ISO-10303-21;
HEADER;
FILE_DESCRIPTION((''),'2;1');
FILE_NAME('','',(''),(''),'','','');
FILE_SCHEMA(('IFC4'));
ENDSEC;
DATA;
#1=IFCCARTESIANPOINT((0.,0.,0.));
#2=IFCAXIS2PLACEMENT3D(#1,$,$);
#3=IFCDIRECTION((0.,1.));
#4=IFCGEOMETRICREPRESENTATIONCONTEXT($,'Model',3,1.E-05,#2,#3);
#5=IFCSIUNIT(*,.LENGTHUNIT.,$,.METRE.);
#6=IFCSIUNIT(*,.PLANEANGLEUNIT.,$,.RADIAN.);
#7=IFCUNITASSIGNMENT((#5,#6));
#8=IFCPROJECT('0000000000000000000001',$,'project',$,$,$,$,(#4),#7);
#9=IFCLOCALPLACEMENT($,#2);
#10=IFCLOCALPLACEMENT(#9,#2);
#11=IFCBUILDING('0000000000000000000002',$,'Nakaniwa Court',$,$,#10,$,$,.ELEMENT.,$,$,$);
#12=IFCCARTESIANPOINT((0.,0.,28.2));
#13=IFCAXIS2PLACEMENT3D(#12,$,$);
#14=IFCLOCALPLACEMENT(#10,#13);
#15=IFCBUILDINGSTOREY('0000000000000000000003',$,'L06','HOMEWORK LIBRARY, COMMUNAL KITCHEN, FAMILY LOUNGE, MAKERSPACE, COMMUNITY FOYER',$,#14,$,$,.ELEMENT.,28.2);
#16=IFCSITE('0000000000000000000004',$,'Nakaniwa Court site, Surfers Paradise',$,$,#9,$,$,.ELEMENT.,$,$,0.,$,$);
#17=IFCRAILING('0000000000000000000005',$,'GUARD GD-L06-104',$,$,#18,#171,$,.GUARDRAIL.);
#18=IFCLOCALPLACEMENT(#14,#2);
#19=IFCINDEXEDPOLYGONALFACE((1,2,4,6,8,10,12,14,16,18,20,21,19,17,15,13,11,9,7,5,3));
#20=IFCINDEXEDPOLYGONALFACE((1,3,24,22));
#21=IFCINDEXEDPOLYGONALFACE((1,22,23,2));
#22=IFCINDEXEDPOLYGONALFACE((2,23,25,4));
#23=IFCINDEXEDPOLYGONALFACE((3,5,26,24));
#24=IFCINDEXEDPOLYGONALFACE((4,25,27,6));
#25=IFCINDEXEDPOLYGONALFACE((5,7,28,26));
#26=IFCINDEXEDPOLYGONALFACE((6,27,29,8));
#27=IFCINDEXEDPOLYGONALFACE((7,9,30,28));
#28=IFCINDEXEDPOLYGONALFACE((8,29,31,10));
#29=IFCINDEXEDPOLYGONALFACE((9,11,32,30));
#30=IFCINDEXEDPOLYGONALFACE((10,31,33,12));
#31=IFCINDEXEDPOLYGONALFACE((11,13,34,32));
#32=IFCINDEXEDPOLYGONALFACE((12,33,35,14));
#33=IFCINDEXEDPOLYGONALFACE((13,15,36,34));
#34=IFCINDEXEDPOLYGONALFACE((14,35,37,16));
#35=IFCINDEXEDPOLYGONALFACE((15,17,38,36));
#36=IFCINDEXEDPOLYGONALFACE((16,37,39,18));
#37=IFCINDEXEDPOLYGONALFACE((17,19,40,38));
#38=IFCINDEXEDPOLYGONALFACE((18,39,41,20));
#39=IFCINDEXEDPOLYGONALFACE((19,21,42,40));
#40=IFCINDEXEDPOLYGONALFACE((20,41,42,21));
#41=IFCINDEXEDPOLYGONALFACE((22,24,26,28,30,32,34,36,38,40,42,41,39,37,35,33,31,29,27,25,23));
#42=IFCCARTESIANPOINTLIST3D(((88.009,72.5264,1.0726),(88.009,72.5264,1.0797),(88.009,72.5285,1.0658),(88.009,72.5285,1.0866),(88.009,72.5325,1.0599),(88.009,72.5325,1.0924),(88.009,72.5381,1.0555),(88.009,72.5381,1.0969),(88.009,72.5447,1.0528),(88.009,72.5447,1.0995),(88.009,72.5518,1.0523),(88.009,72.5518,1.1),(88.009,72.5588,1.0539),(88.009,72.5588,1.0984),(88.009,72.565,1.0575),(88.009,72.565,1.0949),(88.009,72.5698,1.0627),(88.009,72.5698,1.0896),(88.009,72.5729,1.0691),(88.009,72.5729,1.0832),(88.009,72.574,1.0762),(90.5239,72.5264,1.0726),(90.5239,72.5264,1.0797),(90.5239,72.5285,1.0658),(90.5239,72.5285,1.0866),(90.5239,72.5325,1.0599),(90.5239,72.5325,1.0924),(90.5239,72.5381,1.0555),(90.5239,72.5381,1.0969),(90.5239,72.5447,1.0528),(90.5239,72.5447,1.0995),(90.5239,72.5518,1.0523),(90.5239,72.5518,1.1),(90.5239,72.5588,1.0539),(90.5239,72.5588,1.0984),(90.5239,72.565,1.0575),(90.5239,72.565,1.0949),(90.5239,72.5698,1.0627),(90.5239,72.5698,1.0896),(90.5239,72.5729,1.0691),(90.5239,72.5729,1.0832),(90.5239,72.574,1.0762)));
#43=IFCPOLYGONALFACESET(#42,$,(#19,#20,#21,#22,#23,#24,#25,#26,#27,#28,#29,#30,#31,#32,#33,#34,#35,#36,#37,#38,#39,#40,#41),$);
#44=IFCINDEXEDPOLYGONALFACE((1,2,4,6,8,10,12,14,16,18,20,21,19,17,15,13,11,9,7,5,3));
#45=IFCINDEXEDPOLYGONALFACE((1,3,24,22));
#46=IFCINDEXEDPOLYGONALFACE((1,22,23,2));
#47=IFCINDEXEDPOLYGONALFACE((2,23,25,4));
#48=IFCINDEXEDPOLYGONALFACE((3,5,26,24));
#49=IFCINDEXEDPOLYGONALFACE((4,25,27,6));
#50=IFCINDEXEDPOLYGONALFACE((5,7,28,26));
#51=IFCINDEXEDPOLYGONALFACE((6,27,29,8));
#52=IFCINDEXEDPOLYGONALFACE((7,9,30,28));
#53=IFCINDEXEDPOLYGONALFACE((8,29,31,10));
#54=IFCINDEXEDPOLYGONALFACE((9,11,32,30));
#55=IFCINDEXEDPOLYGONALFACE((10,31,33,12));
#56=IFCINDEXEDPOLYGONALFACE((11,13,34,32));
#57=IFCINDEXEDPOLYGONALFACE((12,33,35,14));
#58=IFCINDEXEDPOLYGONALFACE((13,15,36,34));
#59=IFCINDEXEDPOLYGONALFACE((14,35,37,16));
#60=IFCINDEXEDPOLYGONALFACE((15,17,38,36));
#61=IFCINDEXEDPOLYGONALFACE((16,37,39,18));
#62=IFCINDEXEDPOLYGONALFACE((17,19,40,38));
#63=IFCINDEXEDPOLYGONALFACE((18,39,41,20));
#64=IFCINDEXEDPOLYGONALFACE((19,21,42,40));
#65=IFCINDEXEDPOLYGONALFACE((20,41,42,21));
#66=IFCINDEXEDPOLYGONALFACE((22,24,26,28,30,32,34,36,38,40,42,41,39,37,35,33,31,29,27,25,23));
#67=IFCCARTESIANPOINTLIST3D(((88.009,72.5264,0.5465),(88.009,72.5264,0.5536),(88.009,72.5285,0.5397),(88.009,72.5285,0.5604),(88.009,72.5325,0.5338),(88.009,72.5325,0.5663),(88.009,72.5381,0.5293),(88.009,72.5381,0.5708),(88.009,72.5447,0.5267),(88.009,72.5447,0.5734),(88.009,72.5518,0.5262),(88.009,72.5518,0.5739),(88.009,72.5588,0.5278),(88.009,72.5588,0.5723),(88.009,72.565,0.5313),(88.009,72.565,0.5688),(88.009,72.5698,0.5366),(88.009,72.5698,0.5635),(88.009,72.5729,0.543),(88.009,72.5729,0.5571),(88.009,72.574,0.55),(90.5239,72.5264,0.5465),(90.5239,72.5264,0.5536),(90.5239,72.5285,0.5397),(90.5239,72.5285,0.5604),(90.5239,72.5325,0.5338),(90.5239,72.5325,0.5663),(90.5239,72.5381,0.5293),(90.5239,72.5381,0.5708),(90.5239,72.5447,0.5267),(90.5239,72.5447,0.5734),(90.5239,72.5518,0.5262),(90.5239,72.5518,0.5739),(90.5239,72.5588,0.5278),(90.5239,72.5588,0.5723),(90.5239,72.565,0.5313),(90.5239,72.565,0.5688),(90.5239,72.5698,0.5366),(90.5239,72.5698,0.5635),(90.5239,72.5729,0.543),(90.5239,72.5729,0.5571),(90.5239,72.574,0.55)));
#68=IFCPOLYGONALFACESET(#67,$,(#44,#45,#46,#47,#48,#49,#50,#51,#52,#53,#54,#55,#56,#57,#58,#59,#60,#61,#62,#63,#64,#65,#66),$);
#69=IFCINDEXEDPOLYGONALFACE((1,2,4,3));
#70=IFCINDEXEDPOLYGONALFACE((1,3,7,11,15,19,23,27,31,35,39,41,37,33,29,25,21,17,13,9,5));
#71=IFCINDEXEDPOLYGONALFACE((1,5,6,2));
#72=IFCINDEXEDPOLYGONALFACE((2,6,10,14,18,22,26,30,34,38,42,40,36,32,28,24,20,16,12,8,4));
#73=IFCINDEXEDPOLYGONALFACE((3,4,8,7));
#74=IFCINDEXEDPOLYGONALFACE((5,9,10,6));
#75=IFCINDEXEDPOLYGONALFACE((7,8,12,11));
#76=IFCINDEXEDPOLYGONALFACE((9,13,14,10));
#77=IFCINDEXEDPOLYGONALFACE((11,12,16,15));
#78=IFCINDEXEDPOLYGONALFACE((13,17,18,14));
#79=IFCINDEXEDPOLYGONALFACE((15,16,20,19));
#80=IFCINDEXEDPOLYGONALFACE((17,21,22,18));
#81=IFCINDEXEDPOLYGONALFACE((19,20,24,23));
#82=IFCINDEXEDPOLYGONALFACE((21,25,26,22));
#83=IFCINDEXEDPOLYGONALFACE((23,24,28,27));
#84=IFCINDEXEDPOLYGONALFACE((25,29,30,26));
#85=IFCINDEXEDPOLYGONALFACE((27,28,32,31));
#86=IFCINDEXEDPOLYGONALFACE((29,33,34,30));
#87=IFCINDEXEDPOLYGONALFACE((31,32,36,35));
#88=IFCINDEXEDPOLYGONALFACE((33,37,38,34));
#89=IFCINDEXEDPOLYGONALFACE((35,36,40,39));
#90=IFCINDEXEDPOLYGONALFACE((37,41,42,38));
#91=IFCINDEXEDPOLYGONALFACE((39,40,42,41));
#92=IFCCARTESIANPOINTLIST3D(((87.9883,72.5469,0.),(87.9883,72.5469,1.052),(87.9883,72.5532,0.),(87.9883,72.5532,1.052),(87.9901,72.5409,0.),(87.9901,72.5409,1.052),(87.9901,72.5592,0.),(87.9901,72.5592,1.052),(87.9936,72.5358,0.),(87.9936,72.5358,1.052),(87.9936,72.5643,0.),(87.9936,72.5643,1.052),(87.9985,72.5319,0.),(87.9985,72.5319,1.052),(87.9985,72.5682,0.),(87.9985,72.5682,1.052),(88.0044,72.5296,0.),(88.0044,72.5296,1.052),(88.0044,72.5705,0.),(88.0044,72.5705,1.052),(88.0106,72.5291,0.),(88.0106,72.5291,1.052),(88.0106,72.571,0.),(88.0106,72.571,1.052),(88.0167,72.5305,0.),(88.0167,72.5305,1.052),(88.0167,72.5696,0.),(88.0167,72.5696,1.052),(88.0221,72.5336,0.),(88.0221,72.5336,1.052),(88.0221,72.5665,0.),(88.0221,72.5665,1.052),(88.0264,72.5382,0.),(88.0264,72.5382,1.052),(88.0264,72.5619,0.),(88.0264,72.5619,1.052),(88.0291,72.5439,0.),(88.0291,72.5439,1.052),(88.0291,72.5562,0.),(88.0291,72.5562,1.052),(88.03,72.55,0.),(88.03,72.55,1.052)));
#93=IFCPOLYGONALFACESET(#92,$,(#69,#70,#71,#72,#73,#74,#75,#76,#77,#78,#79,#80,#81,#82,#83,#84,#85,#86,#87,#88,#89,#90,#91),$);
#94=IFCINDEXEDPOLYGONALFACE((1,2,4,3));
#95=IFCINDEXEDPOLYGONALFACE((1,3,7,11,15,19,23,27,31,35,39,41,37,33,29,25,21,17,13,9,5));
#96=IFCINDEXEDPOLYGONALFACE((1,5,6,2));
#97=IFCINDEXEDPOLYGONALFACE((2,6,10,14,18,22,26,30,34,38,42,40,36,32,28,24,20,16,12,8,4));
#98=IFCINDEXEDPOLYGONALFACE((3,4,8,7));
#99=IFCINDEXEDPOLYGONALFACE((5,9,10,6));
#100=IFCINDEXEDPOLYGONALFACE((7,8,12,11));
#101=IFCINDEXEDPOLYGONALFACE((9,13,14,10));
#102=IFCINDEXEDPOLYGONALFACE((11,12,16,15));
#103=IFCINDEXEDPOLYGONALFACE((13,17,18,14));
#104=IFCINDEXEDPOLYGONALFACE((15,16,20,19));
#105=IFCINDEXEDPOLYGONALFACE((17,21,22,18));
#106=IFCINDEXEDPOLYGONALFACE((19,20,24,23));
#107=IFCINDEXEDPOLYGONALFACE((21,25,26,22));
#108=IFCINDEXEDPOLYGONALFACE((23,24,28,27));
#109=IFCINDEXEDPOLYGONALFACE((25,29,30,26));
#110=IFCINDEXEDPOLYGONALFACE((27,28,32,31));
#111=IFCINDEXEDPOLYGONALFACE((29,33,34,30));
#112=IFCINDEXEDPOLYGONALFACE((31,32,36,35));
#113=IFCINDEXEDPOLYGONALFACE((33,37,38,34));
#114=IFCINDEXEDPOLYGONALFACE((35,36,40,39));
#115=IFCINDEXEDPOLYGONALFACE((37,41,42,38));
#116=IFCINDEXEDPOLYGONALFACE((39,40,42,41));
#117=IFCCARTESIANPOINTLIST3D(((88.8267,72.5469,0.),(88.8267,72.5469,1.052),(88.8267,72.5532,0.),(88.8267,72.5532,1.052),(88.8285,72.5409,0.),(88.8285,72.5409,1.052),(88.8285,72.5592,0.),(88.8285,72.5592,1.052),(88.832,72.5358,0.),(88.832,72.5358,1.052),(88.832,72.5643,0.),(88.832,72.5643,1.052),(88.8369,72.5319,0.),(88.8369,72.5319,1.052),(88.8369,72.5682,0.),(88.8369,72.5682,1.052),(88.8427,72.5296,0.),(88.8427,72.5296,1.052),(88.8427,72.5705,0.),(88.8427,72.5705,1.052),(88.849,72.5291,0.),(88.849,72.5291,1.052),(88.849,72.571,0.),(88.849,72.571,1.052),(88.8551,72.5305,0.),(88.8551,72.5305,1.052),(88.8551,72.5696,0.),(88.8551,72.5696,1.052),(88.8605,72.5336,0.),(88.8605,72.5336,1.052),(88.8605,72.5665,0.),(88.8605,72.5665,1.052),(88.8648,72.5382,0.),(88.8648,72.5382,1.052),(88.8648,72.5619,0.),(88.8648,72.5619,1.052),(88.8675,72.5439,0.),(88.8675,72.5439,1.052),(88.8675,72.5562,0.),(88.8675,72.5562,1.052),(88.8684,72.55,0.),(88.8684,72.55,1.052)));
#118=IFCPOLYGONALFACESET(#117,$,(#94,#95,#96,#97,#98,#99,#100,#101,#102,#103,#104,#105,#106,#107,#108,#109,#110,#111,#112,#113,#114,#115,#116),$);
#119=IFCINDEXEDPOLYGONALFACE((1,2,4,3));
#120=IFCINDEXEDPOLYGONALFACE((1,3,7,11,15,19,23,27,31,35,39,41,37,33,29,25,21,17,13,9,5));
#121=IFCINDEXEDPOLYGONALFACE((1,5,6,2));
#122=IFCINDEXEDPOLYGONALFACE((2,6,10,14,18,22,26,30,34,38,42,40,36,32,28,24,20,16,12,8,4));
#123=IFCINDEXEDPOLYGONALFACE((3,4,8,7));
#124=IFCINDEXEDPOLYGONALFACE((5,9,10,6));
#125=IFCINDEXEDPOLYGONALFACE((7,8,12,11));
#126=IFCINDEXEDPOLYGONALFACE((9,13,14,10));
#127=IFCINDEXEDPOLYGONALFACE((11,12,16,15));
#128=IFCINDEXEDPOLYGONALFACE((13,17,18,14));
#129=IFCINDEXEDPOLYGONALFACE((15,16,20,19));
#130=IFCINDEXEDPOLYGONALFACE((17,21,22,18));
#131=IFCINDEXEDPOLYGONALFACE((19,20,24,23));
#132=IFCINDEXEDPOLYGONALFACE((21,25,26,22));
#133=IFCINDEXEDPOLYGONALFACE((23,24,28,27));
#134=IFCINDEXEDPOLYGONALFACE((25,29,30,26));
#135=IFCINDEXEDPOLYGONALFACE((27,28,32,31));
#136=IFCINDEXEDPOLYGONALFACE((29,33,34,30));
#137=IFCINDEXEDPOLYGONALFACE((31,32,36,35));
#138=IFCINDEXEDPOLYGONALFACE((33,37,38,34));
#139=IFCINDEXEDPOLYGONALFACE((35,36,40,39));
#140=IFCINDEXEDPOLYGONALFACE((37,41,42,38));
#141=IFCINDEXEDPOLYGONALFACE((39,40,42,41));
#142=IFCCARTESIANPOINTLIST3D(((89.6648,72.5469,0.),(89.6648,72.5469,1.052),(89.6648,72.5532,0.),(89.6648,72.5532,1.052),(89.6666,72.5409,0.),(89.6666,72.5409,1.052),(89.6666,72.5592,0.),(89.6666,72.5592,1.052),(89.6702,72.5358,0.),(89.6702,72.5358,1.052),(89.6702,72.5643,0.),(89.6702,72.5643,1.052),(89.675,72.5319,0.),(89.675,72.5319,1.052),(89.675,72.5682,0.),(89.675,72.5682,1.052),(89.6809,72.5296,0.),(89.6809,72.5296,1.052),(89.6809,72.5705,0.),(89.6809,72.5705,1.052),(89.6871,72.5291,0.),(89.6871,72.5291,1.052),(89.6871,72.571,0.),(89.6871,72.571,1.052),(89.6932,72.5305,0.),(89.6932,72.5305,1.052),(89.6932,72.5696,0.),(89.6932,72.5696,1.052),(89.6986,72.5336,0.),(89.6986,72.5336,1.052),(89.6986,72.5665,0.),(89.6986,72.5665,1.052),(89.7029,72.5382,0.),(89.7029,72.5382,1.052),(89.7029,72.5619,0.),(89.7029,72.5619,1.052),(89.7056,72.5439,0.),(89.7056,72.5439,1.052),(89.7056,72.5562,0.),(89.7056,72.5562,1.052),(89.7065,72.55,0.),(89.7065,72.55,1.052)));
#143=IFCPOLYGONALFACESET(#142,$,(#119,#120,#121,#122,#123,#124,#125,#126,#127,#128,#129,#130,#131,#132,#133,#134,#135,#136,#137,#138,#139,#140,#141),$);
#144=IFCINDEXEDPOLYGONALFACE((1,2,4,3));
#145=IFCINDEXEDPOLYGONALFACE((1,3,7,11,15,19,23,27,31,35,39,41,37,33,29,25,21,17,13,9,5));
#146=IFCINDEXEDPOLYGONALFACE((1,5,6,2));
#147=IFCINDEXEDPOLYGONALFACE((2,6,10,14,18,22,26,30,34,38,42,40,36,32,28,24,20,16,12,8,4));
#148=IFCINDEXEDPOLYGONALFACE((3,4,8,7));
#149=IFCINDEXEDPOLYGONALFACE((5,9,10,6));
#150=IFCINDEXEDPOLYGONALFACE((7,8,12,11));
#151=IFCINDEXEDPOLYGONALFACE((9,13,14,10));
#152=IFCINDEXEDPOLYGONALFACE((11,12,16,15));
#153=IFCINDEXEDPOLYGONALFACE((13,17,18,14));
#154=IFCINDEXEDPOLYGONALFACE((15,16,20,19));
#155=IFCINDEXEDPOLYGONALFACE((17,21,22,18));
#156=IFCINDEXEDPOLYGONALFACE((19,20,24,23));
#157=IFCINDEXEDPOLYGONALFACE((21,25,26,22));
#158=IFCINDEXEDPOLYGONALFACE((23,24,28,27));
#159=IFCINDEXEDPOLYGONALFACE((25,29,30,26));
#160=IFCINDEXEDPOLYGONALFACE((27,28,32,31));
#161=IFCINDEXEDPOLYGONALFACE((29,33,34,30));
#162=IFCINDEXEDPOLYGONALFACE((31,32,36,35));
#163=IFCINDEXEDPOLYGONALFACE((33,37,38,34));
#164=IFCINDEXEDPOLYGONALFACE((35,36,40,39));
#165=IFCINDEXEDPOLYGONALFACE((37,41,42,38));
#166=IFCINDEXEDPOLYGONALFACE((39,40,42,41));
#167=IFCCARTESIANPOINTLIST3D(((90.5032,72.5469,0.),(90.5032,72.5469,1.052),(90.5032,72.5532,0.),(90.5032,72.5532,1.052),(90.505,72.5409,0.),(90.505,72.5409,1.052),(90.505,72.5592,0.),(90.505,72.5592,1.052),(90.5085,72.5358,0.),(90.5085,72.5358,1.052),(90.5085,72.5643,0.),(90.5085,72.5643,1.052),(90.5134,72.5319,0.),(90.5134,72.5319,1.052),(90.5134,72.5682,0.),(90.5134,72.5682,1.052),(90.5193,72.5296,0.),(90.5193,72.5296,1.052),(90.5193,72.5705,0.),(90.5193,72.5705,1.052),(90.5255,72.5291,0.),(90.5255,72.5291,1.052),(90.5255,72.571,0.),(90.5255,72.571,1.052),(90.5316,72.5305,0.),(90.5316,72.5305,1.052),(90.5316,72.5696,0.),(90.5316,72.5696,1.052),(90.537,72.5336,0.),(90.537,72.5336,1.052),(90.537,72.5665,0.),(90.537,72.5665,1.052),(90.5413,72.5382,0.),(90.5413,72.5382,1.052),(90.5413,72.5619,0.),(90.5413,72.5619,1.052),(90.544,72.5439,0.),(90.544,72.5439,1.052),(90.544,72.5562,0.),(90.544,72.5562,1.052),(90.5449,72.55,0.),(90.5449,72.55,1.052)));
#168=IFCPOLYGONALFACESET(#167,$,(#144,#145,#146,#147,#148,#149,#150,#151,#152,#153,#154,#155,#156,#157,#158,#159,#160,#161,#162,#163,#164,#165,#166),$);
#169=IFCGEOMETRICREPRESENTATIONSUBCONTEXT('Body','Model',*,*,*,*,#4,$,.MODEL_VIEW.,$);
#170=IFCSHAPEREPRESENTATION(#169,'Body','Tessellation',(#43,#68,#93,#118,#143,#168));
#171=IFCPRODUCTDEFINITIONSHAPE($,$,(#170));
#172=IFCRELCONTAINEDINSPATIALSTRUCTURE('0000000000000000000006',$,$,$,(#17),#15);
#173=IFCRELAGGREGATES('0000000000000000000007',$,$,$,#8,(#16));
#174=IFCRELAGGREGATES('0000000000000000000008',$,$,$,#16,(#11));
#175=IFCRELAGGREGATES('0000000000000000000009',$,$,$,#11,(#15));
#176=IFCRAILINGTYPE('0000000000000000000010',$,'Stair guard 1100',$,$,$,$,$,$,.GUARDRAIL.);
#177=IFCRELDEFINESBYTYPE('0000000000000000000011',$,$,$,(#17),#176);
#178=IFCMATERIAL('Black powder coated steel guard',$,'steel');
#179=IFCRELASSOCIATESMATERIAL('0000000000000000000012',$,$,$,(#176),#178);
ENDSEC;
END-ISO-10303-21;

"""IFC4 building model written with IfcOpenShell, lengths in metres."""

from ifc_helpers import new_model, si_unit, direction, frame, origin, origin_2d, place, context, subcontext, project, spatial, circle, extrude, material, type_object, element, save


model = new_model("IFC4")

# Units and contexts
model_context = context("Model", 3, precision=1e-05, world=origin(), true_north=direction((0.0, 1.0)))
body_context = subcontext(model_context, "Body", "Model", "MODEL_VIEW")
ifc_project = project(units=[si_unit("LENGTHUNIT", "METRE"), si_unit("PLANEANGLEUNIT", "RADIAN")], contexts=[model_context])

# Site, building, storey
site_placement = place(None, origin())
site = spatial("IfcSite", under=ifc_project, at=site_placement, Name="Nakaniwa Court site, Surfers Paradise", CompositionType="ELEMENT", RefElevation=0.0)
building_placement = place(site_placement, origin())
building = spatial("IfcBuilding", under=site, at=building_placement, Name="Nakaniwa Court", CompositionType="ELEMENT")
storey_placement = place(building_placement, frame((0.0, 0.0, 28.2)))
storey = spatial("IfcBuildingStorey", under=building, at=storey_placement, Name="L06", Description="HOMEWORK LIBRARY, COMMUNAL KITCHEN, FAMILY LOUNGE, MAKERSPACE, COMMUNITY FOYER", CompositionType="ELEMENT", Elevation=28.2)

# Railing
ifc_material_1 = material(Name="Black powder coated steel guard", Category="steel")
railing_type = type_object("IfcRailingType", Name="Stair guard 1100", PredefinedType="GUARDRAIL", material=ifc_material_1)
railing_1_placement = place(storey_placement, frame((88.009, 72.55, 0.0)))
element("IfcRailing", 1, at=railing_1_placement, inside=storey, type_object=railing_type, Name="GUARD GD-L06-104", PredefinedType="GUARDRAIL", context=body_context, shape_type="SweptSolid", body=[
    extrude(circle(Radius=0.0239, at=origin_2d()), frame((0.0, 0.0, 1.0762), z_axis=(1.0, 0.0, 0.0), x_axis=(0.0, 1.0, 0.0)), (0.0, 0.0, 1.0), 2.5149),
    extrude(circle(Radius=0.0239, at=origin_2d()), frame((0.0, 0.0, 0.55), z_axis=(1.0, 0.0, 0.0), x_axis=(0.0, 1.0, 0.0)), (0.0, 0.0, 1.0), 2.5149),
    extrude(circle(Radius=0.021, at=origin_2d()), origin(), (0.0, 0.0, 1.0), 1.052),
    extrude(circle(Radius=0.021, at=origin_2d()), frame((0.8384, 0.0, 0.0)), (0.0, 0.0, 1.0), 1.052),
    extrude(circle(Radius=0.021, at=origin_2d()), frame((1.6765, 0.0, 0.0)), (0.0, 0.0, 1.0), 1.052),
    extrude(circle(Radius=0.021, at=origin_2d()), frame((2.5149, 0.0, 0.0)), (0.0, 0.0, 1.0), 1.052),
])

save(model, "model.ifc")
